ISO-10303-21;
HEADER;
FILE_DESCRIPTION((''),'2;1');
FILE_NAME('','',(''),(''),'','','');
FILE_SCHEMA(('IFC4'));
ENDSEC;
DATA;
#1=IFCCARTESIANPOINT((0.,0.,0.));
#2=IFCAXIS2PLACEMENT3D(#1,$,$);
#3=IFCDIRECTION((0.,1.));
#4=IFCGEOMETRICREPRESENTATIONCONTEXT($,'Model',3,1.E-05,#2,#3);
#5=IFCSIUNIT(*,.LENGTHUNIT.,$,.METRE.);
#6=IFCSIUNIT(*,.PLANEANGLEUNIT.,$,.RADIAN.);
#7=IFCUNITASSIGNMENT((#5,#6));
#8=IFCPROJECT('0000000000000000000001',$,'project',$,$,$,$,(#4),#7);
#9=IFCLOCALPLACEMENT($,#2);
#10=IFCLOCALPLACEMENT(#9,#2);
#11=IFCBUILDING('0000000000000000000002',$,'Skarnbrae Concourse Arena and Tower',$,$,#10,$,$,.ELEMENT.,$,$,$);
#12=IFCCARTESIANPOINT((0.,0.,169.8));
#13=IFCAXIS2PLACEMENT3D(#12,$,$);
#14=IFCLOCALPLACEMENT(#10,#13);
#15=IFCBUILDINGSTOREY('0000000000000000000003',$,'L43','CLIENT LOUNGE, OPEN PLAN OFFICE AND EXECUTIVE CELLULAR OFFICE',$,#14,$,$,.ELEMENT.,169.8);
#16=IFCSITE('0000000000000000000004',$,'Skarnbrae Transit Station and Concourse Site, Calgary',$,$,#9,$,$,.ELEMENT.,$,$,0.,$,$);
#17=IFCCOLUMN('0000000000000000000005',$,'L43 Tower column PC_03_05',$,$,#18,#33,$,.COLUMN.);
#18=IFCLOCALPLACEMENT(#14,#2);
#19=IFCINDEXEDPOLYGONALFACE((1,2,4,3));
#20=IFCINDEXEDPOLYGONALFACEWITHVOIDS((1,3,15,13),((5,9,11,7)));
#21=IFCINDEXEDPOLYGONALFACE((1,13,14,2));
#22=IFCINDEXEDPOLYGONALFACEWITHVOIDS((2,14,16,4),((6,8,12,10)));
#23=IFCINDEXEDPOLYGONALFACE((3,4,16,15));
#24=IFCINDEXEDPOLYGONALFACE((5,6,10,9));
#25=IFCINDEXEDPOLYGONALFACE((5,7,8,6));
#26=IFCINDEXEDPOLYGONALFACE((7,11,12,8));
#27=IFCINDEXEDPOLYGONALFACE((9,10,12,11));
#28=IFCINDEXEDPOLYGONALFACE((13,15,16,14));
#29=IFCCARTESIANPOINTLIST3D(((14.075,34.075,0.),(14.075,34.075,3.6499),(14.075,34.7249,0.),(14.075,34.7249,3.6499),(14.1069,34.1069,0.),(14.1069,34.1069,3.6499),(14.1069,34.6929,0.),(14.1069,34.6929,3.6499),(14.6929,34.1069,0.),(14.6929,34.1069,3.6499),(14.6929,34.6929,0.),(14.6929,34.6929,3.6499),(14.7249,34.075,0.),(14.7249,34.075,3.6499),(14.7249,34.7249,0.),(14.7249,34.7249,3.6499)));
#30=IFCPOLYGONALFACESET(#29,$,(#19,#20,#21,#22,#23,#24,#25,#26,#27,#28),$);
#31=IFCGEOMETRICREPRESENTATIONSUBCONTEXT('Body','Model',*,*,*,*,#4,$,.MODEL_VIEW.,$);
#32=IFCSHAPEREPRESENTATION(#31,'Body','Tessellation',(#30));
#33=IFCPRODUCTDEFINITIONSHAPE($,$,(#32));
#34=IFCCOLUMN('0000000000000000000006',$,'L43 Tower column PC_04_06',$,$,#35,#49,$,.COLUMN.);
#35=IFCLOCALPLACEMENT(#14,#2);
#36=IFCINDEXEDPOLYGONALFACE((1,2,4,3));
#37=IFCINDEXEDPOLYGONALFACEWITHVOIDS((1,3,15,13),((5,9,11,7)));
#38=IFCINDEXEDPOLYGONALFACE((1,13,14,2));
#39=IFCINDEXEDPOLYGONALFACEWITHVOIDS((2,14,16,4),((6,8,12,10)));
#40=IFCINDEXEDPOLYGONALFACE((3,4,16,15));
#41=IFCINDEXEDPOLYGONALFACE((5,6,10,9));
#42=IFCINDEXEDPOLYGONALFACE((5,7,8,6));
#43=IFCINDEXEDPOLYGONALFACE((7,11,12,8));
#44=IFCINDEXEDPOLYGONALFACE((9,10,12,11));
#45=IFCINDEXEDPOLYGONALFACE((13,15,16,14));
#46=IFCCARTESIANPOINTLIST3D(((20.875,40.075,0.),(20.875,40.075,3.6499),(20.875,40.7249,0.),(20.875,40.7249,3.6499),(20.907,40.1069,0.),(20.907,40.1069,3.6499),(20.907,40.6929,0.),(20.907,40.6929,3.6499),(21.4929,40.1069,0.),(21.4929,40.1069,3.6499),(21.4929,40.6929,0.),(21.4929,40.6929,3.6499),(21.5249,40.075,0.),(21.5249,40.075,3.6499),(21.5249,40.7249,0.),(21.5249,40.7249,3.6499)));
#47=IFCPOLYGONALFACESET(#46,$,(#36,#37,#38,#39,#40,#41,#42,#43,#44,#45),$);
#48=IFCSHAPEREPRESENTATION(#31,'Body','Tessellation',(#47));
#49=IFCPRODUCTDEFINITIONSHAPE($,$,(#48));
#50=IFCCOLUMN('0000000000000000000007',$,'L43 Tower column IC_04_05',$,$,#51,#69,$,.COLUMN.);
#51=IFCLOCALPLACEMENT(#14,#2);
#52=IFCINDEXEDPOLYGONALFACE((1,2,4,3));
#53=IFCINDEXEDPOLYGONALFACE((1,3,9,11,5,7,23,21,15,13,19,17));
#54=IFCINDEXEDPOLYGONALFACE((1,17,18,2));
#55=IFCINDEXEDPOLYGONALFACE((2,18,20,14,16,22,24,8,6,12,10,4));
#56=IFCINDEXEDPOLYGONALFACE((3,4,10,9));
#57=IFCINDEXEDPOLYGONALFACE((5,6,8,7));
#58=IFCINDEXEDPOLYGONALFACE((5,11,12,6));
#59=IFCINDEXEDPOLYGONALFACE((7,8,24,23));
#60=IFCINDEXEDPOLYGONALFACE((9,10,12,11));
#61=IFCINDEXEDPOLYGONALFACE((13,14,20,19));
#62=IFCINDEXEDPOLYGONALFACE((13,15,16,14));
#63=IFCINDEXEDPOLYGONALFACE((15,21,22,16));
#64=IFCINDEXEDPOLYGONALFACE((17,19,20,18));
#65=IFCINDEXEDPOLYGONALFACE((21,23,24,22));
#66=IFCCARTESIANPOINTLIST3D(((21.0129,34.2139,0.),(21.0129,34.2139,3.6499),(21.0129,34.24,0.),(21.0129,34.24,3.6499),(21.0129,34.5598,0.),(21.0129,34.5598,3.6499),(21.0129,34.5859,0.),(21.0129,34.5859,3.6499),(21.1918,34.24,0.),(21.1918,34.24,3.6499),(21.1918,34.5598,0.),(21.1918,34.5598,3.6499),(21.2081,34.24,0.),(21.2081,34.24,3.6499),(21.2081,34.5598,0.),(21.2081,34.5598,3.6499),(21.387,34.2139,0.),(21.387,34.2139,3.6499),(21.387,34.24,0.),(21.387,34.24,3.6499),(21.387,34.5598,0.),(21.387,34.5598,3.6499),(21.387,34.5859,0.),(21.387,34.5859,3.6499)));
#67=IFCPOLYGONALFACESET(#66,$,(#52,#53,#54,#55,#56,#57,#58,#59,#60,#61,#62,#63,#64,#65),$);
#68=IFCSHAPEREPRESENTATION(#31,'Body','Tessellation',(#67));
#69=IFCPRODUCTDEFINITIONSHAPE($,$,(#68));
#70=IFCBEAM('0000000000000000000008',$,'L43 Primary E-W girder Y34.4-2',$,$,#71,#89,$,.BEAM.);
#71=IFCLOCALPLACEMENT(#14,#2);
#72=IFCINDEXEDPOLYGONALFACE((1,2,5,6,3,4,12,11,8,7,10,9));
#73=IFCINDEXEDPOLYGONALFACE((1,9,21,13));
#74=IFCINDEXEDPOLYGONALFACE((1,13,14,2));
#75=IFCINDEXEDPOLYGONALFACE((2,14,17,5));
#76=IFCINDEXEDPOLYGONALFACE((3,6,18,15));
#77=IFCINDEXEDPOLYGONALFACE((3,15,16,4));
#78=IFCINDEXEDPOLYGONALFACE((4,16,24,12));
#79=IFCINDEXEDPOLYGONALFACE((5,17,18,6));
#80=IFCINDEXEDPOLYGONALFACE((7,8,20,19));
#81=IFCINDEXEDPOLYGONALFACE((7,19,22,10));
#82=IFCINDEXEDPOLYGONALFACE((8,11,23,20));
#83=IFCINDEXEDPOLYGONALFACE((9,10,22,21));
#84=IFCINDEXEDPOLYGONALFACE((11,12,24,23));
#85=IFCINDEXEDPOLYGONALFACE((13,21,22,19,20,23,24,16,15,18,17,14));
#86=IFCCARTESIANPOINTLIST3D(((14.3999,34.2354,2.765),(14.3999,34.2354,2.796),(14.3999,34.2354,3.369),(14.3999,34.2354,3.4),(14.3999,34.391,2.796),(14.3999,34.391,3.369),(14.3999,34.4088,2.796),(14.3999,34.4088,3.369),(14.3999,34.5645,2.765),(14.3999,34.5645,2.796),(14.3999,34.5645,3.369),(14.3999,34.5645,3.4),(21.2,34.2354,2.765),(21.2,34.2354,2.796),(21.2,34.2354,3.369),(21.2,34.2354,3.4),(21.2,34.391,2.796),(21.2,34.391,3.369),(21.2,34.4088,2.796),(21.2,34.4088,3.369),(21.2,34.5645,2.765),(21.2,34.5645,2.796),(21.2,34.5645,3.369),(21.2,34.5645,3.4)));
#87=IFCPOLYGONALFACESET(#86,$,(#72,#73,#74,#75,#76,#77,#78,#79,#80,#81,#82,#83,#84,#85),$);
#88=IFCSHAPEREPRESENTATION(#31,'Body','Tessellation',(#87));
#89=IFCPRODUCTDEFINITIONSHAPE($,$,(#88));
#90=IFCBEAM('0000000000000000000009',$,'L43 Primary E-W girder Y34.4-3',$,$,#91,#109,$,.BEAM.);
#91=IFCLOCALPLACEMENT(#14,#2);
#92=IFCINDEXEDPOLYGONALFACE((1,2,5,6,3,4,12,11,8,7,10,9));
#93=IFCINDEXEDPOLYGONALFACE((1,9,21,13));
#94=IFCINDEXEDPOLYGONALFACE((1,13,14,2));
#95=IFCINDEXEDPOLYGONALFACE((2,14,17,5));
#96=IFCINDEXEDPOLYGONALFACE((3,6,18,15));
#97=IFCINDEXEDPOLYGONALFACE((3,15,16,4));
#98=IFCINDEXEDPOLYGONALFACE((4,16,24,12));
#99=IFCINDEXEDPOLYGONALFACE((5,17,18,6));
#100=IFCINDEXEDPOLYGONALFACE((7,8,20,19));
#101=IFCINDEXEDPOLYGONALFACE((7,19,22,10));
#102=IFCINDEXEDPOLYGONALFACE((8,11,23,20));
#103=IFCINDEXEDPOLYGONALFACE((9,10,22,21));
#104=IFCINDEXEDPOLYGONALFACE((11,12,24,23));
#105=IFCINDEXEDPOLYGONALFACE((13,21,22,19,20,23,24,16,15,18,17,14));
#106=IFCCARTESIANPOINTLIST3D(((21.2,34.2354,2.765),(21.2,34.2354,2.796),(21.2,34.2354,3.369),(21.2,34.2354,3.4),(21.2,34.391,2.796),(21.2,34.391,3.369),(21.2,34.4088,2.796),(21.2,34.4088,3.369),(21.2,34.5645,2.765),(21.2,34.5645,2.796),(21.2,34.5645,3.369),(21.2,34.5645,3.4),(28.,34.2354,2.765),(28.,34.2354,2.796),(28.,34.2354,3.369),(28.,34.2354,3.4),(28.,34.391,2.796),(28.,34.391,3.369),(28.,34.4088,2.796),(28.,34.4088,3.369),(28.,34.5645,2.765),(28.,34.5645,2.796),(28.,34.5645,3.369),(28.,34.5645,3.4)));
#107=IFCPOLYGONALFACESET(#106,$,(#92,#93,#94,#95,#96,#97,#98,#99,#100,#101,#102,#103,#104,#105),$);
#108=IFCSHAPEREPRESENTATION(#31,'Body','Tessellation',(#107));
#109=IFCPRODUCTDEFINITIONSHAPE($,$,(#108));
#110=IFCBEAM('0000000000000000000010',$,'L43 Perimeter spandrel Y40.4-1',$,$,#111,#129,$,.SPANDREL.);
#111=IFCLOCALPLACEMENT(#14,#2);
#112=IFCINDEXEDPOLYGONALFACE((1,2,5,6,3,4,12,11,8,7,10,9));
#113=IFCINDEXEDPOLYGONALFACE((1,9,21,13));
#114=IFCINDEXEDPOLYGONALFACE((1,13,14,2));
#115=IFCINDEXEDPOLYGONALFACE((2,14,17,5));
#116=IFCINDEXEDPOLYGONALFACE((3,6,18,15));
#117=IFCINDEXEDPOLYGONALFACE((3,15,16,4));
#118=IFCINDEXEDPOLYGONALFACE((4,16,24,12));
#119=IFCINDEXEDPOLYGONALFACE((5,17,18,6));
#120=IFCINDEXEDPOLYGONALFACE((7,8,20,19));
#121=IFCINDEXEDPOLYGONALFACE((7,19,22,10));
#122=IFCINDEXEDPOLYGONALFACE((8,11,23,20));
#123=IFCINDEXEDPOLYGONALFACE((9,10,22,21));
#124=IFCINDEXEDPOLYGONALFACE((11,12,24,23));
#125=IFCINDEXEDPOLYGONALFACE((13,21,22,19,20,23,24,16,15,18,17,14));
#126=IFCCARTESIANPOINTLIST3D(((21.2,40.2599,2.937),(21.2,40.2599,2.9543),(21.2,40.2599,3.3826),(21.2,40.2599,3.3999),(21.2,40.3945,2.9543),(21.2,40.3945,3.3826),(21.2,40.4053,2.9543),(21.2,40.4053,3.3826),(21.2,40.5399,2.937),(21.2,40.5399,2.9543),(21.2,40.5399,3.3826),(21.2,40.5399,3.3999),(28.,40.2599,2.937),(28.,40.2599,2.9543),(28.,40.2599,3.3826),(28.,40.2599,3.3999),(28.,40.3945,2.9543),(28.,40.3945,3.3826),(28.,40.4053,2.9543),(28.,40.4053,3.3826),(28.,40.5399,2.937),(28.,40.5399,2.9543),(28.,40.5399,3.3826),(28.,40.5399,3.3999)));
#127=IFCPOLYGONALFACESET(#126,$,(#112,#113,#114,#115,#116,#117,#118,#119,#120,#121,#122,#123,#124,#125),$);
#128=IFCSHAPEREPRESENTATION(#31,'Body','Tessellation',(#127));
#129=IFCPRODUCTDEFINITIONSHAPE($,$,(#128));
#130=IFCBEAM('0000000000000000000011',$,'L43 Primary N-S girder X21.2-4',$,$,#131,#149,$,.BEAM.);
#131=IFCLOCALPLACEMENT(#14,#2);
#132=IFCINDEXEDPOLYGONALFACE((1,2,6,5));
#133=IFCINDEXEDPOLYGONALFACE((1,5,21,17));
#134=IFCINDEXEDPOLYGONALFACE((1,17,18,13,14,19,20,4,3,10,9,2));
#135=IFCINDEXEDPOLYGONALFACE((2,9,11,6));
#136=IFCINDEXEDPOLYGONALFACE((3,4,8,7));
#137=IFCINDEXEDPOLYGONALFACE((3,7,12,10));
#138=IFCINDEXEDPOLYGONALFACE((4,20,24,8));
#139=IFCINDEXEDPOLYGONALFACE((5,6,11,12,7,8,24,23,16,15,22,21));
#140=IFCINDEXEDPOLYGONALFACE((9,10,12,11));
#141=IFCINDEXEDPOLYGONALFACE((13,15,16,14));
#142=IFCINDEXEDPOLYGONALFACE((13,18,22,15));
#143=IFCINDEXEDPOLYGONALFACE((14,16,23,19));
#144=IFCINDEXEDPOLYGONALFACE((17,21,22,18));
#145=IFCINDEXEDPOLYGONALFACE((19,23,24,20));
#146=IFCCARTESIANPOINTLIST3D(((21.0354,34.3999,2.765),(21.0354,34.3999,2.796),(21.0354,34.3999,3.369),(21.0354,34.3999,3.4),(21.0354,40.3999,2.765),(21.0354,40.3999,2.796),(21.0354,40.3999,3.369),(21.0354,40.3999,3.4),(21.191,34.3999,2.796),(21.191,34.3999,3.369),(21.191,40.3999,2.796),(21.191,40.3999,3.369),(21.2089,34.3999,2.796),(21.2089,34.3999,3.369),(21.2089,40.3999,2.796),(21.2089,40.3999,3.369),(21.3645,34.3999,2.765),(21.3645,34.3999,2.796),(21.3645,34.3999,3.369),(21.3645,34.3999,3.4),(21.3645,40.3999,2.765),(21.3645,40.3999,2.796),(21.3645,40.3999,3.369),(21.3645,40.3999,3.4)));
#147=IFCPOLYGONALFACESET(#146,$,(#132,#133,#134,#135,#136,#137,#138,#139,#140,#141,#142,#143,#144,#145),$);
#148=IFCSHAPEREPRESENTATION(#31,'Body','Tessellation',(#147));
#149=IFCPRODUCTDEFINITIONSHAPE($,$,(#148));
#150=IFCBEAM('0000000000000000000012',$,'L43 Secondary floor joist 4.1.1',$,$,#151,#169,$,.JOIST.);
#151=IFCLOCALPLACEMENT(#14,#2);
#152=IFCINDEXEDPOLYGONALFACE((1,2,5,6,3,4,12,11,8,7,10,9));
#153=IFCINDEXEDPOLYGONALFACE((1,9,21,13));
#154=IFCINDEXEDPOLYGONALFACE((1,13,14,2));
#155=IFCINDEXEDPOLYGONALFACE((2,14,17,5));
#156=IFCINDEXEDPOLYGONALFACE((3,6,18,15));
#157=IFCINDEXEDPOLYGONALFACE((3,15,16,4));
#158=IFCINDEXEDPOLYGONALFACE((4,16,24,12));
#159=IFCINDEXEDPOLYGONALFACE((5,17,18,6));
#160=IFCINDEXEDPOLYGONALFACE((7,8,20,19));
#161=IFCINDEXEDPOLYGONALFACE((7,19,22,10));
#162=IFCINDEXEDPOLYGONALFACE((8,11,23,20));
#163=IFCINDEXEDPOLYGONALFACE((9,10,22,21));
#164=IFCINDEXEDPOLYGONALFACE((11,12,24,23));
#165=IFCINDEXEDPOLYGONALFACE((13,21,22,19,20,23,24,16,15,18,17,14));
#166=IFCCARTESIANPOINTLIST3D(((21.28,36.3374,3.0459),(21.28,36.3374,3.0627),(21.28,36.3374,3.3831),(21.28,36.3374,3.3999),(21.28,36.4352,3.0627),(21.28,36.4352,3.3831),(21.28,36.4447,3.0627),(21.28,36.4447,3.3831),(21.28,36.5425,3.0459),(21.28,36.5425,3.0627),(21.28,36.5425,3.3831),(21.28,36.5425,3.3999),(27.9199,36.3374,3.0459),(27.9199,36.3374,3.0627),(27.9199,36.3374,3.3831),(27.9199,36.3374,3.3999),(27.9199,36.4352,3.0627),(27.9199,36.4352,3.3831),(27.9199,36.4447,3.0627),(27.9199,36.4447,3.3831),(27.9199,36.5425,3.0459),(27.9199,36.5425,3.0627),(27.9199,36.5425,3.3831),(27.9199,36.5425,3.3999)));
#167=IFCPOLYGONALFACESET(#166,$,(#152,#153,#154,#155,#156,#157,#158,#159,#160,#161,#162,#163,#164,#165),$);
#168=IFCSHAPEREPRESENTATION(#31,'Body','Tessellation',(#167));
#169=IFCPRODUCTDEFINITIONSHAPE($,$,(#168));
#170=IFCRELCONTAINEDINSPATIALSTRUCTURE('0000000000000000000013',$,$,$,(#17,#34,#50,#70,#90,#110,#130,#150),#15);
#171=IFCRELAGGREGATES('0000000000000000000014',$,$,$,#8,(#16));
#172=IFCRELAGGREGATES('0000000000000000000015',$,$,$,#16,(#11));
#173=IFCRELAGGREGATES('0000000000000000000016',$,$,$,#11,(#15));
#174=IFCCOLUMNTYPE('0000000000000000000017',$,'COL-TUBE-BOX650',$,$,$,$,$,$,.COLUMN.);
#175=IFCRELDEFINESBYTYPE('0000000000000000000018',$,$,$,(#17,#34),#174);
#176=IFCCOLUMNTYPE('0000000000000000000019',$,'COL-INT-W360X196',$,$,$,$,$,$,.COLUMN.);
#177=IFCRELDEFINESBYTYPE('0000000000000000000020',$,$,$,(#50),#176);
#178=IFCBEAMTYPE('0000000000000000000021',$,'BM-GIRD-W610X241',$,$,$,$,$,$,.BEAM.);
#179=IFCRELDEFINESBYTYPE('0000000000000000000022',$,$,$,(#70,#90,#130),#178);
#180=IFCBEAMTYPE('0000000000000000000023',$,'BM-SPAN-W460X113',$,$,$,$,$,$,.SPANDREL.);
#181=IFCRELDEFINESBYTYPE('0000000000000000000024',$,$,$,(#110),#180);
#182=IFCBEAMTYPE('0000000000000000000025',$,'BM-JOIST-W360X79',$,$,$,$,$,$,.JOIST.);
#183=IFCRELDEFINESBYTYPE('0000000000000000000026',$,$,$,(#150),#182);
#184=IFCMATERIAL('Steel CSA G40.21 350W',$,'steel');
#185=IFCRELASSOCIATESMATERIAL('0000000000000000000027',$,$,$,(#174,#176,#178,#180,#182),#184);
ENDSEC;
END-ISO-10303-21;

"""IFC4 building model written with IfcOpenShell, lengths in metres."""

from ifc_helpers import new_model, si_unit, direction, frame, origin, origin_2d, place, context, subcontext, project, spatial, hollow_rectangle, i_section, extrude, source, transform, mapped, material, material_profile, profile_set, type_object, element, save


model = new_model("IFC4")

# Units and contexts
model_context = context("Model", 3, precision=1e-05, world=origin(), true_north=direction((0.0, 1.0)))
body_context = subcontext(model_context, "Body", "Model", "MODEL_VIEW")
ifc_project = project(units=[si_unit("LENGTHUNIT", "METRE"), si_unit("PLANEANGLEUNIT", "RADIAN")], contexts=[model_context])

# Site, building, storey
site_placement = place(None, origin())
site = spatial("IfcSite", under=ifc_project, at=site_placement, Name="Skarnbrae Transit Station and Concourse Site, Calgary", CompositionType="ELEMENT", RefElevation=0.0)
building_placement = place(site_placement, origin())
building = spatial("IfcBuilding", under=site, at=building_placement, Name="Skarnbrae Concourse Arena and Tower", CompositionType="ELEMENT")
storey_placement = place(building_placement, frame((0.0, 0.0, 169.8)))
storey = spatial("IfcBuildingStorey", under=building, at=storey_placement, Name="L43", Description="CLIENT LOUNGE, OPEN PLAN OFFICE AND EXECUTIVE CELLULAR OFFICE", CompositionType="ELEMENT", Elevation=169.8)

# Columns
ifc_material_1 = material(Name="Steel CSA G40.21 350W", Category="steel")
ifc_material_profile_1 = material_profile(ifc_material_1, hollow_rectangle(XDim=0.6499, YDim=0.6499, WallThickness=0.032, at=origin_2d()), Name="BOX650X650X32")
ifc_profile_set_1 = profile_set([ifc_material_profile_1], Name="Steel CSA G40.21 350W")
column_type_1 = type_object("IfcColumnType", Name="COL-TUBE-BOX650", PredefinedType="COLUMN", material=ifc_profile_set_1)
shared_shape_1 = source(origin(), body_context, "Body", "SweptSolid", [
    extrude(hollow_rectangle(XDim=0.6499, YDim=0.6499, WallThickness=0.032, at=origin_2d()), origin(), (0.0, 0.0, 1.0), 3.6499),
])
for number, where, z_axis, x_axis, name in (
    (1, (14.3999, 34.3999, 0.0), (0.0, 0.0, 1.0), (1.0, 0.0, 0.0), "L43 Tower column PC_03_05"),
    (2, (21.2, 40.3999, 0.0), (0.0, 0.0, 1.0), (1.0, 0.0, 0.0), "L43 Tower column PC_04_06"),
):
    element("IfcColumn", number, at=place(storey_placement, frame(where, z_axis=z_axis, x_axis=x_axis)), inside=storey, type_object=column_type_1, Name=name, PredefinedType="COLUMN", context=body_context, shape_type="MappedRepresentation", body=[
        mapped(shared_shape_1, transform((0.0, 0.0, 0.0))),
    ])
ifc_material_profile_2 = material_profile(ifc_material_1, i_section(OverallWidth=0.374, OverallDepth=0.3721, WebThickness=0.0164, FlangeThickness=0.0261, at=origin_2d()), Name="W360X196")
ifc_profile_set_2 = profile_set([ifc_material_profile_2], Name="Steel CSA G40.21 350W")
column_type_2 = type_object("IfcColumnType", Name="COL-INT-W360X196", PredefinedType="COLUMN", material=ifc_profile_set_2)
shared_shape_2 = source(origin(), body_context, "Body", "SweptSolid", [
    extrude(i_section(OverallWidth=0.374, OverallDepth=0.3721, WebThickness=0.0164, FlangeThickness=0.0261, at=origin_2d()), origin(), (0.0, 0.0, 1.0), 3.6499),
])
column_placement = place(storey_placement, frame((21.2, 34.3999, 0.0), z_axis=(0.0, 0.0, 1.0), x_axis=(1.0, 0.0, 0.0)))
element("IfcColumn", 3, at=column_placement, inside=storey, type_object=column_type_2, Name="L43 Tower column IC_04_05", PredefinedType="COLUMN", context=body_context, shape_type="MappedRepresentation", body=[
    mapped(shared_shape_2, transform((0.0, 0.0, 0.0))),
])

# Beams
ifc_material_profile_3 = material_profile(ifc_material_1, i_section(OverallWidth=0.3291, OverallDepth=0.635, WebThickness=0.0178, FlangeThickness=0.031, at=origin_2d()), Name="W610X241")
ifc_profile_set_3 = profile_set([ifc_material_profile_3], Name="Steel CSA G40.21 350W")
beam_type_1 = type_object("IfcBeamType", Name="BM-GIRD-W610X241", PredefinedType="BEAM", material=ifc_profile_set_3)
shared_shape_3 = source(origin(), body_context, "Body", "SweptSolid", [
    extrude(i_section(OverallWidth=0.3291, OverallDepth=0.635, WebThickness=0.0178, FlangeThickness=0.031, at=origin_2d()), origin(), (0.0, 0.0, 1.0), 6.8),
])
for number, where, z_axis, x_axis, name in (
    (4, (14.3999, 34.3999, 3.0825), (1.0, 0.0, 0.0), (0.0, 1.0, 0.0), "L43 Primary E-W girder Y34.4-2"),
    (5, (21.2, 34.3999, 3.0825), (1.0, 0.0, 0.0), (0.0, 1.0, 0.0), "L43 Primary E-W girder Y34.4-3"),
):
    element("IfcBeam", number, at=place(storey_placement, frame(where, z_axis=z_axis, x_axis=x_axis)), inside=storey, type_object=beam_type_1, Name=name, PredefinedType="BEAM", context=body_context, shape_type="MappedRepresentation", body=[
        mapped(shared_shape_3, transform((0.0, 0.0, 0.0))),
    ])
ifc_material_profile_4 = material_profile(ifc_material_1, i_section(OverallWidth=0.28, OverallDepth=0.4629, WebThickness=0.0107, FlangeThickness=0.0173, at=origin_2d()), Name="W460X113")
ifc_profile_set_4 = profile_set([ifc_material_profile_4], Name="Steel CSA G40.21 350W")
beam_type_2 = type_object("IfcBeamType", Name="BM-SPAN-W460X113", PredefinedType="SPANDREL", material=ifc_profile_set_4)
shared_shape_4 = source(origin(), body_context, "Body", "SweptSolid", [
    extrude(i_section(OverallWidth=0.28, OverallDepth=0.4629, WebThickness=0.0107, FlangeThickness=0.0173, at=origin_2d()), origin(), (0.0, 0.0, 1.0), 6.8),
])
beam_1_placement = place(storey_placement, frame((21.2, 40.3999, 3.1685), z_axis=(1.0, 0.0, 0.0), x_axis=(0.0, 1.0, 0.0)))
element("IfcBeam", 6, at=beam_1_placement, inside=storey, type_object=beam_type_2, Name="L43 Perimeter spandrel Y40.4-1", PredefinedType="SPANDREL", context=body_context, shape_type="MappedRepresentation", body=[
    mapped(shared_shape_4, transform((0.0, 0.0, 0.0))),
])
shared_shape_5 = source(origin(), body_context, "Body", "SweptSolid", [
    extrude(i_section(OverallWidth=0.3291, OverallDepth=0.635, WebThickness=0.0178, FlangeThickness=0.031, at=origin_2d()), origin(), (0.0, 0.0, 1.0), 6.0),
])
beam_2_placement = place(storey_placement, frame((21.2, 34.3999, 3.0825), z_axis=(0.0, 1.0, 0.0), x_axis=(-1.0, 0.0, 0.0)))
element("IfcBeam", 7, at=beam_2_placement, inside=storey, type_object=beam_type_1, Name="L43 Primary N-S girder X21.2-4", PredefinedType="BEAM", context=body_context, shape_type="MappedRepresentation", body=[
    mapped(shared_shape_5, transform((0.0, 0.0, 0.0))),
])
ifc_material_profile_5 = material_profile(ifc_material_1, i_section(OverallWidth=0.2051, OverallDepth=0.354, WebThickness=0.0095, FlangeThickness=0.0168, at=origin_2d()), Name="W360X79")
ifc_profile_set_5 = profile_set([ifc_material_profile_5], Name="Steel CSA G40.21 350W")
beam_type_3 = type_object("IfcBeamType", Name="BM-JOIST-W360X79", PredefinedType="JOIST", material=ifc_profile_set_5)
shared_shape_6 = source(origin(), body_context, "Body", "SweptSolid", [
    extrude(i_section(OverallWidth=0.2051, OverallDepth=0.354, WebThickness=0.0095, FlangeThickness=0.0168, at=origin_2d()), origin(), (0.0, 0.0, 1.0), 6.6399),
])
for number, where, z_axis, x_axis, name in (
    (8, (21.28, 36.4399, 3.2229), (1.0, 0.0, 0.0), (0.0, 1.0, 0.0), "L43 Secondary floor joist 4.1.1"),
):
    element("IfcBeam", number, at=place(storey_placement, frame(where, z_axis=z_axis, x_axis=x_axis)), inside=storey, type_object=beam_type_3, Name=name, PredefinedType="JOIST", context=body_context, shape_type="MappedRepresentation", body=[
        mapped(shared_shape_6, transform((0.0, 0.0, 0.0))),
    ])

save(model, "model.ifc")
